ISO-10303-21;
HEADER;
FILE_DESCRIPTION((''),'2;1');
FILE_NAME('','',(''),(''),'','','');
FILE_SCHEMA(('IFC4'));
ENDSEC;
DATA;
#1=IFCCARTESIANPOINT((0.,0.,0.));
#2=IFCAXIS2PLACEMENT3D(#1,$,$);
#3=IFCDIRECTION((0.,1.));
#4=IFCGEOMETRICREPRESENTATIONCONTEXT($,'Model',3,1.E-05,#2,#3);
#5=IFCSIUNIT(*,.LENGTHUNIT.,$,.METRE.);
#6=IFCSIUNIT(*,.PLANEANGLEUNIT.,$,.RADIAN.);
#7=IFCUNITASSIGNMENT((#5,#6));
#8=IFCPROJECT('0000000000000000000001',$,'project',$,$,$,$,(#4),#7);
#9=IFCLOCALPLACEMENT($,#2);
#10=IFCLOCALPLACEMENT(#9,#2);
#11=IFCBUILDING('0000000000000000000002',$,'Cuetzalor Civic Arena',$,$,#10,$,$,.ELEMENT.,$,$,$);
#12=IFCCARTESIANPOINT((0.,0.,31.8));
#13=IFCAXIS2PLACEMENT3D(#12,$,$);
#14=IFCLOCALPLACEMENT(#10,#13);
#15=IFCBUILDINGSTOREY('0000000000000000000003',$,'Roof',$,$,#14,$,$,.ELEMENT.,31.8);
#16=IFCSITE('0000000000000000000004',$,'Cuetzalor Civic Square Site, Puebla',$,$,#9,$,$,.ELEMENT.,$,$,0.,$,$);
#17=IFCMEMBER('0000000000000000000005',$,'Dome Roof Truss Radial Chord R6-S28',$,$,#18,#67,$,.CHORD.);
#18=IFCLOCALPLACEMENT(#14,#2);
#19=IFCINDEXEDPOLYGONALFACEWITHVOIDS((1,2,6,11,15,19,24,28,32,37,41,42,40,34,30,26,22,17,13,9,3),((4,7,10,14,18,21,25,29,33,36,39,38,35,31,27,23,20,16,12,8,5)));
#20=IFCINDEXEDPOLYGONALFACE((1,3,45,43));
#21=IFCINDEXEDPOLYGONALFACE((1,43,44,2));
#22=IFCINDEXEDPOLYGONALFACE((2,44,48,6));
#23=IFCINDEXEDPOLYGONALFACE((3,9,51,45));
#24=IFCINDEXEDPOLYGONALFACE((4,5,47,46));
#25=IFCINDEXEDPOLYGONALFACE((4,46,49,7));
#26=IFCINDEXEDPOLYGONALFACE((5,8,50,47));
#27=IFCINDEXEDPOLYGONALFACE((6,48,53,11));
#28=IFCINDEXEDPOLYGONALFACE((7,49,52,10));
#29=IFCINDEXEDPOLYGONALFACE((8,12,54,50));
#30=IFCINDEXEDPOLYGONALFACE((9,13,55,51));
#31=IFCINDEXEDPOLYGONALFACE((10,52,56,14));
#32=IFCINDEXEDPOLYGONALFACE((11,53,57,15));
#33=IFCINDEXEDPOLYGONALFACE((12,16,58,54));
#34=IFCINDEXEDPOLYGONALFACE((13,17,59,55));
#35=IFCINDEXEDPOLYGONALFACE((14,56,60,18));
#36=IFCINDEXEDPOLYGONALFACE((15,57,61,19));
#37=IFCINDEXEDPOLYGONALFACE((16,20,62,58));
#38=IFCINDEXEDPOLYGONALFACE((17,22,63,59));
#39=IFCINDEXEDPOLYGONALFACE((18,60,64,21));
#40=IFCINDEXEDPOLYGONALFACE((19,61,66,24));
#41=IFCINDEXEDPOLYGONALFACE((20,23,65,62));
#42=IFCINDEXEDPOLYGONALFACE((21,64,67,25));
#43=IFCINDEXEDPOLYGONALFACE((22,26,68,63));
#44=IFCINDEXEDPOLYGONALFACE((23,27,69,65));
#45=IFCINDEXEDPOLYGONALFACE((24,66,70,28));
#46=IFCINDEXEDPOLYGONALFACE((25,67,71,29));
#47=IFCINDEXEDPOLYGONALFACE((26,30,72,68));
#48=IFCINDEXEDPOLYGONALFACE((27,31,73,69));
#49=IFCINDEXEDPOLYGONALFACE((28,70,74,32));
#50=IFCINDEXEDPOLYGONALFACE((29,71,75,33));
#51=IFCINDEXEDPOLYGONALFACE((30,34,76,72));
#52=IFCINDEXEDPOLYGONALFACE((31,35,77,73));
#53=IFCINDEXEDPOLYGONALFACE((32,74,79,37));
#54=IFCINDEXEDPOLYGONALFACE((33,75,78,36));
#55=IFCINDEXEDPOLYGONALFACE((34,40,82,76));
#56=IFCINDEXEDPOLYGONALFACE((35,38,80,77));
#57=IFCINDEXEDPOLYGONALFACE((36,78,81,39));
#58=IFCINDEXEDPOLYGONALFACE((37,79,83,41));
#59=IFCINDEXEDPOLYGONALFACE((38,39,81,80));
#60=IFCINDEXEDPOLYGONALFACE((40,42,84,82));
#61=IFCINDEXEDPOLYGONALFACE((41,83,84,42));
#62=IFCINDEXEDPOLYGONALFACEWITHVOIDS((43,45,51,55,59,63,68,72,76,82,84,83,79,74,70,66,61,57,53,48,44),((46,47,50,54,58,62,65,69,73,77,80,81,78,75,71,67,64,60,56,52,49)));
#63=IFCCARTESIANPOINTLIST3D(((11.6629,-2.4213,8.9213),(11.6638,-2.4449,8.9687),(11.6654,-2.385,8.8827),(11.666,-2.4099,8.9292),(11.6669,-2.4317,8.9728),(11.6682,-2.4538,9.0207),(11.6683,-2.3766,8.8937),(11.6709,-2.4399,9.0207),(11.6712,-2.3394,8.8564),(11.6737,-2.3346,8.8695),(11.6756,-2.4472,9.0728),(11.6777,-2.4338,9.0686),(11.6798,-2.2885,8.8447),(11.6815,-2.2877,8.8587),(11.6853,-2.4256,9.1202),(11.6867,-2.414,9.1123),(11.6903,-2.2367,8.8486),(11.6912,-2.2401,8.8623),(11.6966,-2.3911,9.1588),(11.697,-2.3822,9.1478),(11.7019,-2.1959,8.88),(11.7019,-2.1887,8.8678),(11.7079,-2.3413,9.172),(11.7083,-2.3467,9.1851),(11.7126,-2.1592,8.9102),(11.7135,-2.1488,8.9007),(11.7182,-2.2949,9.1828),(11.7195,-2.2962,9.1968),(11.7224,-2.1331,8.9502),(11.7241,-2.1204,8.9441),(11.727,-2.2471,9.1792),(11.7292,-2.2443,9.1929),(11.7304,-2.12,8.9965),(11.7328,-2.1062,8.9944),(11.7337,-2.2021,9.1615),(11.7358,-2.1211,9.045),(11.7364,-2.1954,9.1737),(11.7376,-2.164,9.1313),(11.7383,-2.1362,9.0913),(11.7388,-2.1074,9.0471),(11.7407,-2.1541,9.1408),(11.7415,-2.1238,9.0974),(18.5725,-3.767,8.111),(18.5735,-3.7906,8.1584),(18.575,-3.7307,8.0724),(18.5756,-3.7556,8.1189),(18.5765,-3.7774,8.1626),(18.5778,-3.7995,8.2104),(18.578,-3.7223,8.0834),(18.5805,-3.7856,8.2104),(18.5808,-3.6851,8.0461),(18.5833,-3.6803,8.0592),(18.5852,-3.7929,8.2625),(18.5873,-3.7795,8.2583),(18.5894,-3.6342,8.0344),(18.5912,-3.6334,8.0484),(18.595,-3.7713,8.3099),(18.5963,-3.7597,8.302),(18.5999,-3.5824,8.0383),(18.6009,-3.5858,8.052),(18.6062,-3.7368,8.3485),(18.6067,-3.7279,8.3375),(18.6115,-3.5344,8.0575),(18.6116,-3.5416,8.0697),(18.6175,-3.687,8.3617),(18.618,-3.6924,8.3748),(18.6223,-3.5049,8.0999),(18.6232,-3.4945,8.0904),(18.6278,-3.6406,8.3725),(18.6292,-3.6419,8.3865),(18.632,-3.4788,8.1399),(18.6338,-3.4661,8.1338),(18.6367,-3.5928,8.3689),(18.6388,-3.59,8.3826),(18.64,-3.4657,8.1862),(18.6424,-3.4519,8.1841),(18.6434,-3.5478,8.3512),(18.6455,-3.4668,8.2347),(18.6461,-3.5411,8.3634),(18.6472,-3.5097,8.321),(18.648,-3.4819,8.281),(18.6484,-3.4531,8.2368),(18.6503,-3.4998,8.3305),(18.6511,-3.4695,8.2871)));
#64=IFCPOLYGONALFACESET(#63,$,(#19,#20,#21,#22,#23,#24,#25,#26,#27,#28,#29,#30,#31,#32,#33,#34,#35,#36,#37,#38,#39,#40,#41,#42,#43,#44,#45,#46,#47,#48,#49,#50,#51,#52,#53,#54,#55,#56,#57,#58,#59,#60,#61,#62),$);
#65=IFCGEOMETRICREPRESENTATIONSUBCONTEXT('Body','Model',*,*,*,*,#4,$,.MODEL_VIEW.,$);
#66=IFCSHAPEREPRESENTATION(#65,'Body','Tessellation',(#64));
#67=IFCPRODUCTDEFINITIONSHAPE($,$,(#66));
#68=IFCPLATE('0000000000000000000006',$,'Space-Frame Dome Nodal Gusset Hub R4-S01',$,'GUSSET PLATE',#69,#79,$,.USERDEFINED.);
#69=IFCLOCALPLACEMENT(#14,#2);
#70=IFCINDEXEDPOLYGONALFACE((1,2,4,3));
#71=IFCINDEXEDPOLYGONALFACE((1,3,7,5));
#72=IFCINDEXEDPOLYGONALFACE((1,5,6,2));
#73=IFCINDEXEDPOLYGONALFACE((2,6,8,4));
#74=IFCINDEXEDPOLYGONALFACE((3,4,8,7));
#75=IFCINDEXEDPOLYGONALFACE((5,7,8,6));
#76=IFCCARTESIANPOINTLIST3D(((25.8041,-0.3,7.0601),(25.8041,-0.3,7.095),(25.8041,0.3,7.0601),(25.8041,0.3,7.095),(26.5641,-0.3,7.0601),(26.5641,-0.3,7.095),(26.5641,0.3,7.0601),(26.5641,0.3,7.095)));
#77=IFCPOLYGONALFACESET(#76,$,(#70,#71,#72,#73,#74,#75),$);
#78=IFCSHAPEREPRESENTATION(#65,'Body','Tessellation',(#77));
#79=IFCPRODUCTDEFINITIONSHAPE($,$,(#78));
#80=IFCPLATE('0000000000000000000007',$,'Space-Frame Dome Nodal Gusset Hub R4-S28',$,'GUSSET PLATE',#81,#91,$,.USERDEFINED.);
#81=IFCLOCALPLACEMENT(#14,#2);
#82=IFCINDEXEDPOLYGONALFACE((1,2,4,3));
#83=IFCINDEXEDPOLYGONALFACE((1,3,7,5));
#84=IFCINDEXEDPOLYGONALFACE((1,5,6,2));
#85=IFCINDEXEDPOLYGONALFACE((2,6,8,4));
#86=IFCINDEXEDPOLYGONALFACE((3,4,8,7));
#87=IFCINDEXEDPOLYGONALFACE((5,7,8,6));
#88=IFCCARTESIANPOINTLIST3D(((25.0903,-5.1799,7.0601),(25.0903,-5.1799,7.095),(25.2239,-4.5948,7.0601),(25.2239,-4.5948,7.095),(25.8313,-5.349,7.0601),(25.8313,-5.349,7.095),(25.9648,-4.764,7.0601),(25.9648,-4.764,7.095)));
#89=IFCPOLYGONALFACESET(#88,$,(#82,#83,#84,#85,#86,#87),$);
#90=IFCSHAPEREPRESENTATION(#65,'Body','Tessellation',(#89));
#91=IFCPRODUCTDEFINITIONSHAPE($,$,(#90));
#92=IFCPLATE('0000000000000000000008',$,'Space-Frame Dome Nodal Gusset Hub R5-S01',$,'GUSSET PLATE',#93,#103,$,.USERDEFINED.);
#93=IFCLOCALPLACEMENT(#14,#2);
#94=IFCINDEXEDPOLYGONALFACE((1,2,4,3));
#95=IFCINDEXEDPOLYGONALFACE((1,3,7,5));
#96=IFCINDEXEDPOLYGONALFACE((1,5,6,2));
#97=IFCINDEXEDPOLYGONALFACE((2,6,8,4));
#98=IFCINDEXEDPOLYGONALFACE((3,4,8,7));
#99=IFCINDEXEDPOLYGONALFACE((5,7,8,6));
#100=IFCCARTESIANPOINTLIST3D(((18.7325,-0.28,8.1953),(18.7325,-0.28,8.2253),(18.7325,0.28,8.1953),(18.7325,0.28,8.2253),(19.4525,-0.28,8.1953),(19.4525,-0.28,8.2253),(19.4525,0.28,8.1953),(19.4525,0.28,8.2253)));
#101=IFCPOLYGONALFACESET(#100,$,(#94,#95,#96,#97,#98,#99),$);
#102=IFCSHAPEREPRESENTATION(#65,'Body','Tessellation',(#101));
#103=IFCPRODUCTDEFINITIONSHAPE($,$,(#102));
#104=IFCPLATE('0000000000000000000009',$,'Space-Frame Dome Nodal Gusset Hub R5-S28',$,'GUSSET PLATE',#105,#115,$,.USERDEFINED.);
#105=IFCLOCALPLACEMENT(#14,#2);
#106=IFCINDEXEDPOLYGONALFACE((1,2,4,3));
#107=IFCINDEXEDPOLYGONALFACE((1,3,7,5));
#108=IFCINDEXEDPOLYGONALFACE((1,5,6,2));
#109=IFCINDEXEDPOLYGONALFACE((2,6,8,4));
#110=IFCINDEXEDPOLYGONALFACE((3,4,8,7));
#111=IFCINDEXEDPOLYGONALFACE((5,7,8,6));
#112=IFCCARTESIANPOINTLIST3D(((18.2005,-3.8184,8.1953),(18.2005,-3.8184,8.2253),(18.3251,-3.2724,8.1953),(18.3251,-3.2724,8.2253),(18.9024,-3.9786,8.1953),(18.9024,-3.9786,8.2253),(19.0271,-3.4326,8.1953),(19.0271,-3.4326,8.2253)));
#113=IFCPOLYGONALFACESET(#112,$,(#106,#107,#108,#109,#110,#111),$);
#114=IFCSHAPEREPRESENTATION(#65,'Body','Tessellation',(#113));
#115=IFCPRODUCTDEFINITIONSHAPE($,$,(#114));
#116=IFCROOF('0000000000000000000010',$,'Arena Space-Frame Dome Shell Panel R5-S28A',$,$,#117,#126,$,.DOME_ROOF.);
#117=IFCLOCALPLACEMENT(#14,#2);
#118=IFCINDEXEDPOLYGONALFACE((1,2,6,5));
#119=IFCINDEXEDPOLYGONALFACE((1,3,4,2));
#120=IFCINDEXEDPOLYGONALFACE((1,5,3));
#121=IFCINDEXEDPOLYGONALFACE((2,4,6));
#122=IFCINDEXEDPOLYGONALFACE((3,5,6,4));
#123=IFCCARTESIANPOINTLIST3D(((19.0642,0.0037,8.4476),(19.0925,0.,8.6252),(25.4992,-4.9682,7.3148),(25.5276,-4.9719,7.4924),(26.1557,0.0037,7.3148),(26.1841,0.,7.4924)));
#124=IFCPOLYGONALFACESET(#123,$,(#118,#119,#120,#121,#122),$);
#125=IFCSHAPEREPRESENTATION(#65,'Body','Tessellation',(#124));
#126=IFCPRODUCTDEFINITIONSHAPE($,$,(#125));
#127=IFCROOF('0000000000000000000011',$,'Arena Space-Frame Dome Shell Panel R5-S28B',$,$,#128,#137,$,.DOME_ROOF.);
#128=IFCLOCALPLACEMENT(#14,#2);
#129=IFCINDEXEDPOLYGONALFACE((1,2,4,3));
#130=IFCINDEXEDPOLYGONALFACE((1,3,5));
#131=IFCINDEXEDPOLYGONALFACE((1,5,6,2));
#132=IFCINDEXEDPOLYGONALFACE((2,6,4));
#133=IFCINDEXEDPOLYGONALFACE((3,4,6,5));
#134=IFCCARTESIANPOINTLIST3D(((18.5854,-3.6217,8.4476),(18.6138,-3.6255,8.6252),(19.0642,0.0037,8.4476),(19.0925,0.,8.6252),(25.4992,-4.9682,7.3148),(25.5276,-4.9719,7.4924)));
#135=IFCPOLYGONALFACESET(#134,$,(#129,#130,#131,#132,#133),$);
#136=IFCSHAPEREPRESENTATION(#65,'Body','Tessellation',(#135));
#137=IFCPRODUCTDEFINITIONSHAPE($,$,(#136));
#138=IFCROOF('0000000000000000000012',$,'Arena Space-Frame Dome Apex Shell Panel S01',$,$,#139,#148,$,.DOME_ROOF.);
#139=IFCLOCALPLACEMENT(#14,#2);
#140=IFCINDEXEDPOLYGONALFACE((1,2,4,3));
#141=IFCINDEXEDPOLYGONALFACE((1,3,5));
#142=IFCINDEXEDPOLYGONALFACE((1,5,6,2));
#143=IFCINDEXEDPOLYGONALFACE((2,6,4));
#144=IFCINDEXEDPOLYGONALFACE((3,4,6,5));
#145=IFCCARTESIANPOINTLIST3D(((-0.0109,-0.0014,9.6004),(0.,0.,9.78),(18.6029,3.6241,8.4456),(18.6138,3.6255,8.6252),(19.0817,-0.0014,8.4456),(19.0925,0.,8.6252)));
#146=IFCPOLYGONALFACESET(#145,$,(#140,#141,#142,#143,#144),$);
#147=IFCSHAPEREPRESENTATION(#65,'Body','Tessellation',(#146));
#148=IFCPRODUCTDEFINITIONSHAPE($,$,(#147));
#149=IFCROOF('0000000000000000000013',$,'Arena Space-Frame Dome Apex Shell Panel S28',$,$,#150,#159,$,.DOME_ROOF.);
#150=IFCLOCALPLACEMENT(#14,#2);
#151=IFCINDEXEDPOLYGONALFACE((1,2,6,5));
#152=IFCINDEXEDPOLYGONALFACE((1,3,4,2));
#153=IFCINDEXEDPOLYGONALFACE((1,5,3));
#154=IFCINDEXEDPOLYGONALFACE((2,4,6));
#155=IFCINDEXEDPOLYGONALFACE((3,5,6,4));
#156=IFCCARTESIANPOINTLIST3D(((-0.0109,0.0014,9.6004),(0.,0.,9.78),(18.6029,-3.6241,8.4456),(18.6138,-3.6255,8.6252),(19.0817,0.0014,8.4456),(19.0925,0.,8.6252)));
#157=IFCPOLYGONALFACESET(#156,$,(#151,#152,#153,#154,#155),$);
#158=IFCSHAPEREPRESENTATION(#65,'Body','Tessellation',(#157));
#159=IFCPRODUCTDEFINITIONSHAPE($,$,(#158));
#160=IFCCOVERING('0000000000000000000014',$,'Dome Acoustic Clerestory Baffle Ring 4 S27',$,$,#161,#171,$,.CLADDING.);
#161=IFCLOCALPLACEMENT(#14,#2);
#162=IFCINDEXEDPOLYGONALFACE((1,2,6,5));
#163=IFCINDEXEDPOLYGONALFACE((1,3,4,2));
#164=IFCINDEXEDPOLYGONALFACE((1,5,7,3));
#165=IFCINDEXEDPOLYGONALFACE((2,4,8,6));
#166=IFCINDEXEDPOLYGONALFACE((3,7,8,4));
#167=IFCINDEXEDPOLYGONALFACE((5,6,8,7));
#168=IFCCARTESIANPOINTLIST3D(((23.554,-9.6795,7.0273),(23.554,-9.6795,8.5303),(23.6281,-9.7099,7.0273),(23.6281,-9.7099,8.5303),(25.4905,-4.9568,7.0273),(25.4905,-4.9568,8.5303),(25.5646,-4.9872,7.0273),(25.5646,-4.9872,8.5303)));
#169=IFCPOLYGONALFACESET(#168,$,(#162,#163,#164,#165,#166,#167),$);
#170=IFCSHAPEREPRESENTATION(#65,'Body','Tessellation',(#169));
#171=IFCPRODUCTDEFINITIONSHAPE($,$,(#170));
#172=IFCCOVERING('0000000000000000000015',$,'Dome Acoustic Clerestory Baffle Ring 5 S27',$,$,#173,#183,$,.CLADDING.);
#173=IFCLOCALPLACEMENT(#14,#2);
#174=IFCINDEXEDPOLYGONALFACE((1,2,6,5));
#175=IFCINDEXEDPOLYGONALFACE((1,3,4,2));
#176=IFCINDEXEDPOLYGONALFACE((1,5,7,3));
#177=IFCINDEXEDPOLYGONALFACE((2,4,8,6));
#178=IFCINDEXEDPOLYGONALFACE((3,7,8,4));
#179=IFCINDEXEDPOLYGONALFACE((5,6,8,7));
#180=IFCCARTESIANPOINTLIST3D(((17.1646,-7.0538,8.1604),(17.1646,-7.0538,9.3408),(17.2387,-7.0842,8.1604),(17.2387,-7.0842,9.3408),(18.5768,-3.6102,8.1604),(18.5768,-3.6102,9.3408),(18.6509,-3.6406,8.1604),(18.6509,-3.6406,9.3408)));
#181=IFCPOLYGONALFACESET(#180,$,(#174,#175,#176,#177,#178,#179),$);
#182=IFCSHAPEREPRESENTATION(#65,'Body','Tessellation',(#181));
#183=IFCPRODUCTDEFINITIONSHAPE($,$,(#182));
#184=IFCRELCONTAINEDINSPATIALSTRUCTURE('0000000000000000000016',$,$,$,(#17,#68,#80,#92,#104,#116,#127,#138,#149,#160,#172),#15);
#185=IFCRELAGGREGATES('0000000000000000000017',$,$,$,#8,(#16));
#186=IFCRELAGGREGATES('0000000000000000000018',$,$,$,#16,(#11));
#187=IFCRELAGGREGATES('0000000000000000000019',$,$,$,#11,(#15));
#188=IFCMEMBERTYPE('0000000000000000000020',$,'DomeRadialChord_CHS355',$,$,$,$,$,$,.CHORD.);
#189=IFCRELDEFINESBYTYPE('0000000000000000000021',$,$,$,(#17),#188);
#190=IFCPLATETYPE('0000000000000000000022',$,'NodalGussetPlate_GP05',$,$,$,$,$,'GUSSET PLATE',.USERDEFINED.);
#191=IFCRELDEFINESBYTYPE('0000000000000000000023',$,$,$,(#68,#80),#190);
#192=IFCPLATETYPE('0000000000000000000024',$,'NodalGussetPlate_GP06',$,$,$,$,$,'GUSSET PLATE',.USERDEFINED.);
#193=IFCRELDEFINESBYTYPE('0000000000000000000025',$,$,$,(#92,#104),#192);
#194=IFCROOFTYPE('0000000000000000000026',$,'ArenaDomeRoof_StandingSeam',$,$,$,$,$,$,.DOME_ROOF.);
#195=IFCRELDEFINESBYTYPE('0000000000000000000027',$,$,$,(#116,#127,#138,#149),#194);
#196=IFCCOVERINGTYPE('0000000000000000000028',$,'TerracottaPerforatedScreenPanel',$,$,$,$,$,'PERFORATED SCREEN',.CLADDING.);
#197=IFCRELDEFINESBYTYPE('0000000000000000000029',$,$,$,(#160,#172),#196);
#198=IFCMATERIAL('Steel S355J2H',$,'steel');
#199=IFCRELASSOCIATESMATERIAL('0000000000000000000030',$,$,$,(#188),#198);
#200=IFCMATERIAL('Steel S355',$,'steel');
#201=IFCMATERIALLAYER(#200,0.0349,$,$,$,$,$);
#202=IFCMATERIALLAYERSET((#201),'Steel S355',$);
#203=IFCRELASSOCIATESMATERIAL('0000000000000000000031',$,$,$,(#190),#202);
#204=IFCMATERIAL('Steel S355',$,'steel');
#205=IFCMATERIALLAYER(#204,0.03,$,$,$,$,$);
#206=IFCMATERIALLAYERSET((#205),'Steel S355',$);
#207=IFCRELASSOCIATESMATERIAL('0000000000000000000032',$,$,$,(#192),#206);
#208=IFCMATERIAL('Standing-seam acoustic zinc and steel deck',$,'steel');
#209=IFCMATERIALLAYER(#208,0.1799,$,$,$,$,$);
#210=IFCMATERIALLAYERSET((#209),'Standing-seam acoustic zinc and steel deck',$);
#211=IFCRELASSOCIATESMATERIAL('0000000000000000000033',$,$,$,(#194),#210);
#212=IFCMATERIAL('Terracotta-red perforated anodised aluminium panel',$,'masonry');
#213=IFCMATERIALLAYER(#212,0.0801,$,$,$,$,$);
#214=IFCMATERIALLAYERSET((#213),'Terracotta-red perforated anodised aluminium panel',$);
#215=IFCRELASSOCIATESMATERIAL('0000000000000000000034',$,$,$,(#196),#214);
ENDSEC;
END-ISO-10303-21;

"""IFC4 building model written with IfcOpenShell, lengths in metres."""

from ifc_helpers import new_model, si_unit, direction, frame, frame_2d, origin, origin_2d, place, context, subcontext, project, spatial, polyline, rectangle, hollow_circle, outline, extrude, material, layer, layer_set, material_profile, profile_set, type_object, element, save


model = new_model("IFC4")

# Units and contexts
model_context = context("Model", 3, precision=1e-05, world=origin(), true_north=direction((0.0, 1.0)))
body_context = subcontext(model_context, "Body", "Model", "MODEL_VIEW")
ifc_project = project(units=[si_unit("LENGTHUNIT", "METRE"), si_unit("PLANEANGLEUNIT", "RADIAN")], contexts=[model_context])

# Site, building, storey
site_placement = place(None, origin())
site = spatial("IfcSite", under=ifc_project, at=site_placement, Name="Cuetzalor Civic Square Site, Puebla", CompositionType="ELEMENT", RefElevation=0.0)
building_placement = place(site_placement, origin())
building = spatial("IfcBuilding", under=site, at=building_placement, Name="Cuetzalor Civic Arena", CompositionType="ELEMENT")
storey_placement = place(building_placement, frame((0.0, 0.0, 31.8)))
storey = spatial("IfcBuildingStorey", under=building, at=storey_placement, Name="Roof", CompositionType="ELEMENT", Elevation=31.8)

# Member
ifc_material_1 = material(Name="Steel S355J2H", Category="steel")
ifc_material_profile_1 = material_profile(ifc_material_1, hollow_circle(Radius=0.1777, WallThickness=0.0142, at=origin_2d()), Name="CHS 355.6x14.2")
ifc_profile_set_1 = profile_set([ifc_material_profile_1], Name="Steel S355J2H")
member_type_1 = type_object("IfcMemberType", Name="DomeRadialChord_CHS355", PredefinedType="CHORD", material=ifc_profile_set_1)
member_1_placement = place(storey_placement, frame((18.6118, -3.625, 8.2104), z_axis=(-0.975119, 0.189911, 0.114353), x_axis=(-0.191165, -0.981558, 0.0)))
element("IfcMember", 1, at=member_1_placement, inside=storey, type_object=member_type_1, Name="Dome Roof Truss Radial Chord R6-S28", PredefinedType="CHORD", context=body_context, shape_type="SweptSolid", body=[
    extrude(hollow_circle(Radius=0.1777, WallThickness=0.0142, at=origin_2d()), origin(), (0.0, 0.0, 1.0), 7.0859),
])

# Plates
ifc_material_2 = material(Name="Steel S355", Category="steel")
ifc_layer_1 = layer(ifc_material_2, 0.0349)
ifc_layer_set_1 = layer_set([ifc_layer_1], Name="Steel S355")
plate_type_1 = type_object("IfcPlateType", Name="NodalGussetPlate_GP05", ElementType="GUSSET PLATE", PredefinedType="USERDEFINED", material=ifc_layer_set_1)
for number, where, z_axis, x_axis, name in (
    (2, (26.1841, 0.0, 7.0601), (0.0, 0.0, 1.0), (1.0, 0.0, 0.0), "Space-Frame Dome Nodal Gusset Hub R4-S01"),
    (3, (25.5276, -4.9719, 7.0601), (0.0, 0.0, 1.0), (0.974917, -0.22257, 0.0), "Space-Frame Dome Nodal Gusset Hub R4-S28"),
):
    element("IfcPlate", number, at=place(storey_placement, frame(where, z_axis=z_axis, x_axis=x_axis)), inside=storey, type_object=plate_type_1, Name=name, ObjectType="GUSSET PLATE", PredefinedType="USERDEFINED", context=body_context, shape_type="SweptSolid", body=[
        extrude(rectangle(XDim=0.76, YDim=0.6001, at=origin_2d()), origin(), (0.0, 0.0, 1.0), 0.0349),
    ])
ifc_material_3 = material(Name="Steel S355", Category="steel")
ifc_layer_2 = layer(ifc_material_3, 0.03)
ifc_layer_set_2 = layer_set([ifc_layer_2], Name="Steel S355")
plate_type_2 = type_object("IfcPlateType", Name="NodalGussetPlate_GP06", ElementType="GUSSET PLATE", PredefinedType="USERDEFINED", material=ifc_layer_set_2)
for number, where, z_axis, x_axis, name in (
    (4, (19.0925, 0.0, 8.1953), (0.0, 0.0, 1.0), (1.0, 0.0, 0.0), "Space-Frame Dome Nodal Gusset Hub R5-S01"),
    (5, (18.6138, -3.6255, 8.1953), (0.0, 0.0, 1.0), (0.974917, -0.22257, 0.0), "Space-Frame Dome Nodal Gusset Hub R5-S28"),
):
    element("IfcPlate", number, at=place(storey_placement, frame(where, z_axis=z_axis, x_axis=x_axis)), inside=storey, type_object=plate_type_2, Name=name, ObjectType="GUSSET PLATE", PredefinedType="USERDEFINED", context=body_context, shape_type="SweptSolid", body=[
        extrude(rectangle(XDim=0.72, YDim=0.5601, at=origin_2d()), origin(), (0.0, 0.0, 1.0), 0.03),
    ])

# Roofs
ifc_material_4 = material(Name="Standing-seam acoustic zinc and steel deck", Category="steel")
ifc_layer_3 = layer(ifc_material_4, 0.1799)
ifc_layer_set_3 = layer_set([ifc_layer_3], Name="Standing-seam acoustic zinc and steel deck")
roof_type = type_object("IfcRoofType", Name="ArenaDomeRoof_StandingSeam", PredefinedType="DOME_ROOF", material=ifc_layer_set_3)
roof_1_placement = place(storey_placement, frame((25.5276, -4.9719, 7.4924), z_axis=(0.157707, -0.020824, 0.987266), x_axis=(0.130904, 0.991395, 0.0)))
element("IfcRoof", 6, at=roof_1_placement, inside=storey, type_object=roof_type, Name="Arena Space-Frame Dome Shell Panel R5-S28A", PredefinedType="DOME_ROOF", context=body_context, shape_type="SweptSolid", body=[
    extrude(outline(polyline([(0.0, 0.0), (5.0151, 0.0), (4.0868, 7.1212), (0.0, 0.0)])), origin(), (0.0, 0.0, -1.0), 0.1799),
])
roof_2_placement = place(storey_placement, frame((25.5276, -4.9719, 7.4924), z_axis=(0.157706, -0.020826, 0.987267), x_axis=(-0.783754, 0.605552, 0.13797)))
element("IfcRoof", 7, at=roof_2_placement, inside=storey, type_object=roof_type, Name="Arena Space-Frame Dome Shell Panel R5-S28B", PredefinedType="DOME_ROOF", context=body_context, shape_type="SweptSolid", body=[
    extrude(outline(polyline([(0.0, 0.0), (8.2106, 0.0), (6.3904, 3.1718), (0.0, 0.0)])), origin(), (0.0, 0.0, -1.0), 0.1799),
])
roof_3_placement = place(storey_placement, frame((19.0925, 0.0, 8.6252), z_axis=(0.060371, 0.007972, 0.998144), x_axis=(-0.130917, 0.991393, 0.0)))
element("IfcRoof", 8, at=roof_3_placement, inside=storey, type_object=roof_type, Name="Arena Space-Frame Dome Apex Shell Panel S01", PredefinedType="DOME_ROOF", context=body_context, shape_type="SweptSolid", body=[
    extrude(outline(polyline([(0.0, 0.0), (3.657, 0.0), (2.4995, 18.9634), (0.0, 0.0)])), origin(), (0.0, 0.0, -1.0), 0.1799),
])
roof_4_placement = place(storey_placement, frame((18.6138, -3.6255, 8.6252), z_axis=(0.060371, -0.007972, 0.998144), x_axis=(0.130917, 0.991393, 0.0)))
element("IfcRoof", 9, at=roof_4_placement, inside=storey, type_object=roof_type, Name="Arena Space-Frame Dome Apex Shell Panel S28", PredefinedType="DOME_ROOF", context=body_context, shape_type="SweptSolid", body=[
    extrude(outline(polyline([(0.0, 0.0), (3.657, 0.0), (1.1574, 18.9634), (0.0, 0.0)])), origin(), (0.0, 0.0, -1.0), 0.1799),
])

# Coverings
ifc_material_5 = material(Name="Terracotta-red perforated anodised aluminium panel", Category="masonry")
ifc_layer_4 = layer(ifc_material_5, 0.0801)
ifc_layer_set_4 = layer_set([ifc_layer_4], Name="Terracotta-red perforated anodised aluminium panel")
covering_type = type_object("IfcCoveringType", Name="TerracottaPerforatedScreenPanel", ElementType="PERFORATED SCREEN", PredefinedType="CLADDING", material=ifc_layer_set_4)
covering_1_placement = place(storey_placement, frame((25.5276, -4.9719, 7.0273), z_axis=(0.0, 0.0, 1.0), x_axis=(-0.379393, -0.925236, 0.0)))
element("IfcCovering", 10, at=covering_1_placement, inside=storey, type_object=covering_type, Name="Dome Acoustic Clerestory Baffle Ring 4 S27", PredefinedType="CLADDING", context=body_context, shape_type="SweptSolid", body=[
    extrude(rectangle(XDim=5.1042, YDim=0.0801, at=frame_2d((2.5522, 0.0))), origin(), (0.0, 0.0, 1.0), 1.5029),
])
covering_2_placement = place(storey_placement, frame((18.6138, -3.6255, 8.1604), z_axis=(0.0, 0.0, 1.0), x_axis=(-0.379407, -0.92523, 0.0)))
element("IfcCovering", 11, at=covering_2_placement, inside=storey, type_object=covering_type, Name="Dome Acoustic Clerestory Baffle Ring 5 S27", PredefinedType="CLADDING", context=body_context, shape_type="SweptSolid", body=[
    extrude(rectangle(XDim=3.7219, YDim=0.0801, at=frame_2d((1.8608, 0.0))), origin(), (0.0, 0.0, 1.0), 1.1804),
])

save(model, "model.ifc")
